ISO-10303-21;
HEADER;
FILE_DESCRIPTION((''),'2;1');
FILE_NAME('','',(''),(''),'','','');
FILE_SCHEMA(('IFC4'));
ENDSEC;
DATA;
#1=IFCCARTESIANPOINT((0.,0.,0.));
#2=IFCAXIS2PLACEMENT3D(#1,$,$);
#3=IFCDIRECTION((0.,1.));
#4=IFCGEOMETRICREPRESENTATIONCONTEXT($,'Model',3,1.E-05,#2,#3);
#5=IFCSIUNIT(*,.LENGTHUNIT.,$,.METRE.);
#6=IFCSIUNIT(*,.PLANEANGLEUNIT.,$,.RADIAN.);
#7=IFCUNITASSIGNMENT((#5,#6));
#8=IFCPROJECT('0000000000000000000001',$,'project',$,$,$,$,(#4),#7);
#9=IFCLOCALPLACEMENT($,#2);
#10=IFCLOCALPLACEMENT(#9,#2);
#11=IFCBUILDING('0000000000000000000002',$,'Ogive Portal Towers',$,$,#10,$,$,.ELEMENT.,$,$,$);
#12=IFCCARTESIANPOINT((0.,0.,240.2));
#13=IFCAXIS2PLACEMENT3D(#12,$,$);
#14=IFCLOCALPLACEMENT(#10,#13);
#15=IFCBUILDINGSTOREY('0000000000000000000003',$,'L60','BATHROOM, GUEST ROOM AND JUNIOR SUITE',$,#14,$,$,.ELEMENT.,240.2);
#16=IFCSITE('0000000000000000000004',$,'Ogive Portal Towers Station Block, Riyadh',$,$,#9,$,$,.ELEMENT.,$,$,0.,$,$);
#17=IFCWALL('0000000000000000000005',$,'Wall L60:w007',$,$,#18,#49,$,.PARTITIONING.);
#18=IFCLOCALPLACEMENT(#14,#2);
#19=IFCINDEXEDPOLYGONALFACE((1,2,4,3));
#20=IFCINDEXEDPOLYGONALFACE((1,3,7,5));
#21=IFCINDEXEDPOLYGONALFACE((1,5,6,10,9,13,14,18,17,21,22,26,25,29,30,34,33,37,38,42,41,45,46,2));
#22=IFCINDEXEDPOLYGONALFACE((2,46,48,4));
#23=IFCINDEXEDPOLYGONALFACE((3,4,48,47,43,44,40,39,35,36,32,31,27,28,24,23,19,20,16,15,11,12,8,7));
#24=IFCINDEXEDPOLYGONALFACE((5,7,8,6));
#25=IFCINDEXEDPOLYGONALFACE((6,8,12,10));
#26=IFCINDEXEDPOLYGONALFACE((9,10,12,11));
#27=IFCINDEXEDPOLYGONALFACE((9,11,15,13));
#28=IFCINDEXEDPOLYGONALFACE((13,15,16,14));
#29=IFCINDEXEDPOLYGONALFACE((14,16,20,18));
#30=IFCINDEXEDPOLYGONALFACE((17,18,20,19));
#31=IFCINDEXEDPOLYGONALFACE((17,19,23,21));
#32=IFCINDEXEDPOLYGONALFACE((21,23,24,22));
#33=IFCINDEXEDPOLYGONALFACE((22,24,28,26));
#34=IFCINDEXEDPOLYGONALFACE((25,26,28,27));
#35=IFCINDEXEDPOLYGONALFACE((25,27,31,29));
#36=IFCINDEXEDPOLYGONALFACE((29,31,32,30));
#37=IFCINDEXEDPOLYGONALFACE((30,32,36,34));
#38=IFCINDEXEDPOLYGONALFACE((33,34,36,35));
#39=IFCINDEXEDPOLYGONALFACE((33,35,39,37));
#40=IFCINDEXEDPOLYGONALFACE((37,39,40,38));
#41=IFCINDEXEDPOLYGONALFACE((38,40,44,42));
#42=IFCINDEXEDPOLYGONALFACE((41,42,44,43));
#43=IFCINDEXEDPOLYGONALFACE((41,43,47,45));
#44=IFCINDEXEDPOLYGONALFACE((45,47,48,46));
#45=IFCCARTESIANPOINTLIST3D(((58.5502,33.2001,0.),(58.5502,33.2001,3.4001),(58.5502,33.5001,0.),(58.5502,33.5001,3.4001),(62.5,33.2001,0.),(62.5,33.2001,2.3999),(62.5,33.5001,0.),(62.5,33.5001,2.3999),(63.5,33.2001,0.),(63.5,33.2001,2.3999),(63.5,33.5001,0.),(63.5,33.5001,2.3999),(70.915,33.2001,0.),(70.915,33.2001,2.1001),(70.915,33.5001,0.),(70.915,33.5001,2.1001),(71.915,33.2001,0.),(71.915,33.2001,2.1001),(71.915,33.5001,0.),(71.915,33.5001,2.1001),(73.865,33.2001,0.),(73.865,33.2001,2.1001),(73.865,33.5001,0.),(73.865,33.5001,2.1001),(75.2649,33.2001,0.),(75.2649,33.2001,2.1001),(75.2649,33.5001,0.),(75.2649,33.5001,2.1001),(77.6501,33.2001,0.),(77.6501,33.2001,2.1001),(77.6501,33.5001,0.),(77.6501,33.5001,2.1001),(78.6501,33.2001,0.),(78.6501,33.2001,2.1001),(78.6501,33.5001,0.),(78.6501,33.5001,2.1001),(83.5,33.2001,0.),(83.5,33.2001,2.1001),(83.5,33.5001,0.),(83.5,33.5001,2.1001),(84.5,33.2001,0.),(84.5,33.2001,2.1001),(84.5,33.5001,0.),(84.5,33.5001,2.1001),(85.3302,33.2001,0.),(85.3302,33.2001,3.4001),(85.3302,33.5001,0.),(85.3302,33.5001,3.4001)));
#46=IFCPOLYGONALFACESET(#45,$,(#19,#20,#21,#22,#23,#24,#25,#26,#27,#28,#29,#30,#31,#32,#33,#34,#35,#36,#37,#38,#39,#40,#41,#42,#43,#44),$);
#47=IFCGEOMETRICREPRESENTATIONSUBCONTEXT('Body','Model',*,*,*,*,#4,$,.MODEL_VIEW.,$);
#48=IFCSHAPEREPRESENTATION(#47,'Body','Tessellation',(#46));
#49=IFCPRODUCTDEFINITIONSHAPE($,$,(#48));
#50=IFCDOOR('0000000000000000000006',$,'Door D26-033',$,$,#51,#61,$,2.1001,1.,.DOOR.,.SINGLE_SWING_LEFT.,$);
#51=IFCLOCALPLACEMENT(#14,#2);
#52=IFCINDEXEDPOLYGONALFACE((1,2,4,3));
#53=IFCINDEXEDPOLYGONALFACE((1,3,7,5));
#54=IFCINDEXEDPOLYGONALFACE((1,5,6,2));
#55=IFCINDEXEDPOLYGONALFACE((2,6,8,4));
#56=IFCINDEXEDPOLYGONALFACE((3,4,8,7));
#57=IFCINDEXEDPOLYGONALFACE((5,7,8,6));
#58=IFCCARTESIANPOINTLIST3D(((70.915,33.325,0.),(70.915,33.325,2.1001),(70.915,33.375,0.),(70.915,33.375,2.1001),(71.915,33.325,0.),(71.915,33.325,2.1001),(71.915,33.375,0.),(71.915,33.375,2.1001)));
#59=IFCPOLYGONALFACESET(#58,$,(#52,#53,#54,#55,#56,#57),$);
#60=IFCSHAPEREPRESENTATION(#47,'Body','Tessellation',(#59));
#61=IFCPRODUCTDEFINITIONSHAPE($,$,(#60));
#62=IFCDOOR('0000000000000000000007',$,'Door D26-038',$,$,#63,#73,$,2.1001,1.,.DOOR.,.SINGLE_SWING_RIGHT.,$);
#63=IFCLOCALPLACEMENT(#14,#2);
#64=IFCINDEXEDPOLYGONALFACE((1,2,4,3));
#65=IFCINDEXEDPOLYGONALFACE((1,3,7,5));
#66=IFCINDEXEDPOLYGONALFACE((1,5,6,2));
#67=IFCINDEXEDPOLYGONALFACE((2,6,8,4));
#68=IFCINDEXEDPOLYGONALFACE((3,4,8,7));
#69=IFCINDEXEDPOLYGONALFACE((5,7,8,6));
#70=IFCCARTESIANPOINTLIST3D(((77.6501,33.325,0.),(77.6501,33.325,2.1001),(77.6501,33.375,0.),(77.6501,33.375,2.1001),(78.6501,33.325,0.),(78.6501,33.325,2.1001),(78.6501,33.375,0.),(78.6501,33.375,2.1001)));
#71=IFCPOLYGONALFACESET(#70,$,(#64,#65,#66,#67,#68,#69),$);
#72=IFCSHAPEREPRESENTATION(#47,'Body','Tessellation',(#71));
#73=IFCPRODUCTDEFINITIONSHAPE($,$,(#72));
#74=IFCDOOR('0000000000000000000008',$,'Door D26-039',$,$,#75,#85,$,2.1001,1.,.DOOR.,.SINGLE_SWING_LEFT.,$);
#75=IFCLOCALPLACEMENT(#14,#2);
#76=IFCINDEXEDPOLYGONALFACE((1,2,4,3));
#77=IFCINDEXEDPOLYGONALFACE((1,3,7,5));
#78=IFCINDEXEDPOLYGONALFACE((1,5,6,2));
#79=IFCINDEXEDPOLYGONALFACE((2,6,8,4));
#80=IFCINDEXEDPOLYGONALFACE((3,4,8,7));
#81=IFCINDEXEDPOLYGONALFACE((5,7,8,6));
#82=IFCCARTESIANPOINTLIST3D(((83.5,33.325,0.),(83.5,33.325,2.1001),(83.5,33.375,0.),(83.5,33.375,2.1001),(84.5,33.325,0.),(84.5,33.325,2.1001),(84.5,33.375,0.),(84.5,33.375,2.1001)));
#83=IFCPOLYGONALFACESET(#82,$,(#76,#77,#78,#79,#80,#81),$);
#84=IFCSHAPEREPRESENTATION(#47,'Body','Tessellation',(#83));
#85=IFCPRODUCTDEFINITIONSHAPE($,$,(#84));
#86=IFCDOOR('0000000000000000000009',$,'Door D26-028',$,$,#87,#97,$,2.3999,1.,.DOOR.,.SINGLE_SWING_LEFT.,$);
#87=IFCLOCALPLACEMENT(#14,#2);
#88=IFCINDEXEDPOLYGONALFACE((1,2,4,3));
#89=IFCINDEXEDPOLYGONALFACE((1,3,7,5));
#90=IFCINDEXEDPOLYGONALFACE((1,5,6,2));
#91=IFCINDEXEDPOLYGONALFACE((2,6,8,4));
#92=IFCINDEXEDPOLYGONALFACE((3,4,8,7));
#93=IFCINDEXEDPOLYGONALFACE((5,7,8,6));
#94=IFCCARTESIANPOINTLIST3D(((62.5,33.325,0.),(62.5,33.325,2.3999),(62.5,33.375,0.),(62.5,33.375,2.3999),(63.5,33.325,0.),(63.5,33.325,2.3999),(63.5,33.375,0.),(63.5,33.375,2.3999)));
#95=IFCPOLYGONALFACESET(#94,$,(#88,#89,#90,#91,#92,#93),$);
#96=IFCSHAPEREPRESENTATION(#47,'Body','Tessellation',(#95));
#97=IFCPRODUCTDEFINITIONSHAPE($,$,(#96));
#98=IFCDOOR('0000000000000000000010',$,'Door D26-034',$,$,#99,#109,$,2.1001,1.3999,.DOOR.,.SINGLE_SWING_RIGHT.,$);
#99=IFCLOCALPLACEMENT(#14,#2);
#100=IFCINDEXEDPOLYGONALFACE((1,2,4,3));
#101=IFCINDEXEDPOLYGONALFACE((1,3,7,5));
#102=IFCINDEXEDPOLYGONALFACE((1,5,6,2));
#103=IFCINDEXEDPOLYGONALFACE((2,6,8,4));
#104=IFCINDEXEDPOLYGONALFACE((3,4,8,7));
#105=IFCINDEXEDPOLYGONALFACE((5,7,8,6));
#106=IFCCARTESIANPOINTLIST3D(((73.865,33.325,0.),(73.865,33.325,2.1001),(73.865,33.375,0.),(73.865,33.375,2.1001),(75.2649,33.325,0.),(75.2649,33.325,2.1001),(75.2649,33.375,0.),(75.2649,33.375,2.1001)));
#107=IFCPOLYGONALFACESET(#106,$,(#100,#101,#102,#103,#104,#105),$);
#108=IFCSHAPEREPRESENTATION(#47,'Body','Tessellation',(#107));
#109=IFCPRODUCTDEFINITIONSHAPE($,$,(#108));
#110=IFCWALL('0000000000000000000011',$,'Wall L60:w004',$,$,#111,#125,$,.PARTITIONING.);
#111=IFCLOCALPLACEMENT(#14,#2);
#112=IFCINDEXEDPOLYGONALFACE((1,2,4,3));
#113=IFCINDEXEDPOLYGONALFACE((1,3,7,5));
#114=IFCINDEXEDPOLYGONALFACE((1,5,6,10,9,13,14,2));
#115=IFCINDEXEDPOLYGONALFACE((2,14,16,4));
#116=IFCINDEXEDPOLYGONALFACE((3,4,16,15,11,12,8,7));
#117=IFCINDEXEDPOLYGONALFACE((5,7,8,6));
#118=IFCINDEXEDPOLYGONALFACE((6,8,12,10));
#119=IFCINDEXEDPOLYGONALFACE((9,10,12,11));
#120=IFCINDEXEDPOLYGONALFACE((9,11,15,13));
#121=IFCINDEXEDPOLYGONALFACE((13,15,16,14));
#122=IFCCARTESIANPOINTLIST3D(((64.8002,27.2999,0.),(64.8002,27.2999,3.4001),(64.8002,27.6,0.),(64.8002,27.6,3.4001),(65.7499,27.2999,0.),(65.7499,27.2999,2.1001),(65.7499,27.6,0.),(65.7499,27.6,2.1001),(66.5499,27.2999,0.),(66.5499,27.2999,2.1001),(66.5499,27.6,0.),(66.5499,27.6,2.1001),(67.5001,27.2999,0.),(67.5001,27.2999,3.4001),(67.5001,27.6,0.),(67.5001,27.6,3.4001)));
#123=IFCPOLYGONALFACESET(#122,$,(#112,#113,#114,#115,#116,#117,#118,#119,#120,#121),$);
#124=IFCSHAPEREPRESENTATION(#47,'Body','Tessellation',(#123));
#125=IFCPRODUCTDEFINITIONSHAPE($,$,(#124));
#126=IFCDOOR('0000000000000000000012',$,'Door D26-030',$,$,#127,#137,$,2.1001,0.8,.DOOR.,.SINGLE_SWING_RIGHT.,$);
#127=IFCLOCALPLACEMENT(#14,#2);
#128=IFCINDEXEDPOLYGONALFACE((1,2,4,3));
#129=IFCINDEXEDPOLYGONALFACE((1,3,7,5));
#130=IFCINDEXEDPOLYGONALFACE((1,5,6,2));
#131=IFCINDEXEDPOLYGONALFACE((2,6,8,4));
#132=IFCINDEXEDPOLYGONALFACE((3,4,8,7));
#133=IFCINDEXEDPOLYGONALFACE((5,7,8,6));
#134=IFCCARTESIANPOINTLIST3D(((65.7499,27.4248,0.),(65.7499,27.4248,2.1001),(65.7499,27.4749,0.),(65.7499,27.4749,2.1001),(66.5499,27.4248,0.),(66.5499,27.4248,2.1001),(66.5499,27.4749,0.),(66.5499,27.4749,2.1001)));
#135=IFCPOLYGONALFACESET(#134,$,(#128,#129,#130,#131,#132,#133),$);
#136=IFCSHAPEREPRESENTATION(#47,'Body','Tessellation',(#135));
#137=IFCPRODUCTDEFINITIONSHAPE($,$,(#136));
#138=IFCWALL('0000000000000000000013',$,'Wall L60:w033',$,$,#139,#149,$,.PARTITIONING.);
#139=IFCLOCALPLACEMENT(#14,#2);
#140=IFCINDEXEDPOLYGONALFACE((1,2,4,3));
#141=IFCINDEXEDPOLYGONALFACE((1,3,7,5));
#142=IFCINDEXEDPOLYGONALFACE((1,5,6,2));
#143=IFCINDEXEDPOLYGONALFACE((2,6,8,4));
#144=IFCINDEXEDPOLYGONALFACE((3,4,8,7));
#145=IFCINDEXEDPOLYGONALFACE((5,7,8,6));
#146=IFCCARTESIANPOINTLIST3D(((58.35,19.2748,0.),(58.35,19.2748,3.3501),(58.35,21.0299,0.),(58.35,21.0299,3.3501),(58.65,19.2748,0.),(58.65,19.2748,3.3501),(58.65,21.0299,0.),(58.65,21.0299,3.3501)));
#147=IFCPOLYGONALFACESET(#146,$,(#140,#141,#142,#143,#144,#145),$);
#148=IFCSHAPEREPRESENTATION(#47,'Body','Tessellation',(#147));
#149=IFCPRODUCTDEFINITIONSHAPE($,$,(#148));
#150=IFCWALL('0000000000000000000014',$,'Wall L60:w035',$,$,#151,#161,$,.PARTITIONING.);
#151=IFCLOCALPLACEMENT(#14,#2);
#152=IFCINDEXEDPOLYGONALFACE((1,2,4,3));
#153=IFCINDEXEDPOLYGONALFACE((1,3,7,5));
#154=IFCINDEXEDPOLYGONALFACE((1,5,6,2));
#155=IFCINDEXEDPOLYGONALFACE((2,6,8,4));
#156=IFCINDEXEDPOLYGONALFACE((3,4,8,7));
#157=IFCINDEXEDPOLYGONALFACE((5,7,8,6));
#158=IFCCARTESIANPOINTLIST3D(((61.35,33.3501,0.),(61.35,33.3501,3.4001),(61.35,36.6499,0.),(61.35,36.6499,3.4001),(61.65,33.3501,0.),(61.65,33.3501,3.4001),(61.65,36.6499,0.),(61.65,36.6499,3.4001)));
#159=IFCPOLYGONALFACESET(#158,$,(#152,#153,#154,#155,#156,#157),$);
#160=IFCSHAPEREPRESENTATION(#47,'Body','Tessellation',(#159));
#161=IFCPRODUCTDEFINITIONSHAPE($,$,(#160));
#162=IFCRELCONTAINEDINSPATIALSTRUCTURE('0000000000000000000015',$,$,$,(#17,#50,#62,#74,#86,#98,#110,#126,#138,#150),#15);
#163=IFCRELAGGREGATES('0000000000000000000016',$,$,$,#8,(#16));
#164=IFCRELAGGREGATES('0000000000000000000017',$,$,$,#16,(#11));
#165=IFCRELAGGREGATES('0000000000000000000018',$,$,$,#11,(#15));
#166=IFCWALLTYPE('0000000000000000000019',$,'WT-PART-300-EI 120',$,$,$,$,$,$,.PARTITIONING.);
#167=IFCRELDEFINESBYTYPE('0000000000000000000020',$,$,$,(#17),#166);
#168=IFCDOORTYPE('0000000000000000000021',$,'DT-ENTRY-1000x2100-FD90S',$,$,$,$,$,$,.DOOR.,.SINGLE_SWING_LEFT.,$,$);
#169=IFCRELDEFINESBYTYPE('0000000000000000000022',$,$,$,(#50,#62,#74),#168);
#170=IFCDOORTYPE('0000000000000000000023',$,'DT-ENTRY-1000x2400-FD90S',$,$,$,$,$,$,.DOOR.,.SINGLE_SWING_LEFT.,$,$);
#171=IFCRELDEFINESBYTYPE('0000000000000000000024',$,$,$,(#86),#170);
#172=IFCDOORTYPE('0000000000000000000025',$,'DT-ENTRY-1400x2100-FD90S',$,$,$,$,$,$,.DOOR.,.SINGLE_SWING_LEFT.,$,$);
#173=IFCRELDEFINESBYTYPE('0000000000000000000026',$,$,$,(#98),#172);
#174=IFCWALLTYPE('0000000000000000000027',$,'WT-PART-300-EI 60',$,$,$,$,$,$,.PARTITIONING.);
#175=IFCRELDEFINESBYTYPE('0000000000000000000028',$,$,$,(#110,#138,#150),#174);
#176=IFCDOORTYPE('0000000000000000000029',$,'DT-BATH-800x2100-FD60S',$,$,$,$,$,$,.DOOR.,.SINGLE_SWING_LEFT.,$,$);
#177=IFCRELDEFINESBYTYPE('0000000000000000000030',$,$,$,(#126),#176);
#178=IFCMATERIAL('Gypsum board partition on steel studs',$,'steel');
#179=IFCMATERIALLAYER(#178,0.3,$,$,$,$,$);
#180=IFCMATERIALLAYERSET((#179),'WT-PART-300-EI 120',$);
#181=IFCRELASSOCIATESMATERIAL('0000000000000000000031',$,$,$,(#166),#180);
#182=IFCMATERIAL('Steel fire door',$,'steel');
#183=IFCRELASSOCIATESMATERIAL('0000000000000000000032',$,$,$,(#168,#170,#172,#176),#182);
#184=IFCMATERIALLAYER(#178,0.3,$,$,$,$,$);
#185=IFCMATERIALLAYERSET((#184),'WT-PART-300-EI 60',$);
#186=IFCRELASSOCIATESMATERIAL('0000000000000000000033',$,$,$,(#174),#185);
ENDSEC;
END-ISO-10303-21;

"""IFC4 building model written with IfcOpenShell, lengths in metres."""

from ifc_helpers import new_model, si_unit, direction, frame, frame_2d, origin, place, context, subcontext, project, spatial, rectangle, extrude, material, layer, layer_set, type_object, element, fill, save


model = new_model("IFC4")

# Units and contexts
model_context = context("Model", 3, precision=1e-05, world=origin(), true_north=direction((0.0, 1.0)))
body_context = subcontext(model_context, "Body", "Model", "MODEL_VIEW")
ifc_project = project(units=[si_unit("LENGTHUNIT", "METRE"), si_unit("PLANEANGLEUNIT", "RADIAN")], contexts=[model_context])

# Site, building, storey
site_placement = place(None, origin())
site = spatial("IfcSite", under=ifc_project, at=site_placement, Name="Ogive Portal Towers Station Block, Riyadh", CompositionType="ELEMENT", RefElevation=0.0)
building_placement = place(site_placement, origin())
building = spatial("IfcBuilding", under=site, at=building_placement, Name="Ogive Portal Towers", CompositionType="ELEMENT")
storey_placement = place(building_placement, frame((0.0, 0.0, 240.2)))
storey = spatial("IfcBuildingStorey", under=building, at=storey_placement, Name="L60", Description="BATHROOM, GUEST ROOM AND JUNIOR SUITE", CompositionType="ELEMENT", Elevation=240.2)

# Shared definitions
ifc_material_1 = material(Name="Steel fire door", Category="steel")
ifc_material_2 = material(Name="Gypsum board partition on steel studs", Category="steel")

# Wall, openings, doors
ifc_layer_1 = layer(ifc_material_2, 0.3)
ifc_layer_set_1 = layer_set([ifc_layer_1], Name="WT-PART-300-EI 120")
wall_type_1 = type_object("IfcWallType", Name="WT-PART-300-EI 120", PredefinedType="PARTITIONING", material=ifc_layer_set_1)
door_type_1 = type_object("IfcDoorType", Name="DT-ENTRY-1000x2100-FD90S", OperationType="SINGLE_SWING_LEFT", PredefinedType="DOOR", material=ifc_material_1)
door_type_2 = type_object("IfcDoorType", Name="DT-ENTRY-1000x2400-FD90S", OperationType="SINGLE_SWING_LEFT", PredefinedType="DOOR", material=ifc_material_1)
wall_1_placement = place(storey_placement, frame((58.55, 33.3501, 0.0), z_axis=(0.0, 0.0, 1.0), x_axis=(1.0, 0.0, 0.0)))
wall_1 = element("IfcWall", 1, at=wall_1_placement, inside=storey, type_object=wall_type_1, Name="Wall L60:w007", PredefinedType="PARTITIONING", context=body_context, shape_type="SweptSolid", body=[
    extrude(rectangle(XDim=26.78, YDim=0.3, at=frame_2d((13.3901, 0.0))), origin(), (0.0, 0.0, 1.0), 3.4001),
])
opening_1_placement = place(wall_1_placement, frame((3.95, 0.0, 0.0)))
opening_1 = element("IfcOpeningElement", 2, at=opening_1_placement, cuts=wall_1, PredefinedType="OPENING", context=body_context, shape_type="SweptSolid", body=[
    extrude(rectangle(XDim=1.0, YDim=2.3999, at=frame_2d((0.5, 1.2))), frame((0.0, 0.1602, 0.0), z_axis=(0.0, -1.0, 0.0), x_axis=(1.0, 0.0, 0.0)), (0.0, 0.0, 1.0), 0.3201),
])
opening_2_placement = place(wall_1_placement, frame((12.365, 0.0, 0.0)))
opening_2 = element("IfcOpeningElement", 3, at=opening_2_placement, cuts=wall_1, PredefinedType="OPENING", context=body_context, shape_type="SweptSolid", body=[
    extrude(rectangle(XDim=1.0, YDim=2.1001, at=frame_2d((0.5, 1.05))), frame((0.0, 0.1602, 0.0), z_axis=(0.0, -1.0, 0.0), x_axis=(1.0, 0.0, 0.0)), (0.0, 0.0, 1.0), 0.3201),
])
opening_3_placement = place(wall_1_placement, frame((15.3149, 0.0, 0.0)))
opening_3 = element("IfcOpeningElement", 4, at=opening_3_placement, cuts=wall_1, PredefinedType="OPENING", context=body_context, shape_type="SweptSolid", body=[
    extrude(rectangle(XDim=1.3999, YDim=2.1001, at=frame_2d((0.7, 1.05))), frame((0.0, 0.1602, 0.0), z_axis=(0.0, -1.0, 0.0), x_axis=(1.0, 0.0, 0.0)), (0.0, 0.0, 1.0), 0.3201),
])
opening_4_placement = place(wall_1_placement, frame((19.1001, 0.0, 0.0)))
opening_4 = element("IfcOpeningElement", 5, at=opening_4_placement, cuts=wall_1, PredefinedType="OPENING", context=body_context, shape_type="SweptSolid", body=[
    extrude(rectangle(XDim=1.0, YDim=2.1001, at=frame_2d((0.5, 1.05))), frame((0.0, 0.1602, 0.0), z_axis=(0.0, -1.0, 0.0), x_axis=(1.0, 0.0, 0.0)), (0.0, 0.0, 1.0), 0.3201),
])
opening_5_placement = place(wall_1_placement, frame((24.95, 0.0, 0.0)))
opening_5 = element("IfcOpeningElement", 6, at=opening_5_placement, cuts=wall_1, PredefinedType="OPENING", context=body_context, shape_type="SweptSolid", body=[
    extrude(rectangle(XDim=1.0, YDim=2.1001, at=frame_2d((0.5, 1.05))), frame((0.0, 0.1602, 0.0), z_axis=(0.0, -1.0, 0.0), x_axis=(1.0, 0.0, 0.0)), (0.0, 0.0, 1.0), 0.3201),
])
door_1_placement = place(opening_2_placement, origin())
door_1 = element("IfcDoor", 7, at=door_1_placement, inside=storey, type_object=door_type_1, Name="Door D26-033", OperationType="SINGLE_SWING_LEFT", OverallHeight=2.1001, OverallWidth=1.0, PredefinedType="DOOR", context=body_context, shape_type="SweptSolid", body=[
    extrude(rectangle(XDim=1.0, YDim=2.1001, at=frame_2d((0.5, 1.05))), frame((0.0, 0.0249, 0.0), z_axis=(0.0, -1.0, 0.0), x_axis=(1.0, 0.0, 0.0)), (0.0, 0.0, 1.0), 0.05),
])
fill(opening_2, door_1)
door_2_placement = place(opening_4_placement, origin())
door_2 = element("IfcDoor", 8, at=door_2_placement, inside=storey, type_object=door_type_1, Name="Door D26-038", OperationType="SINGLE_SWING_RIGHT", OverallHeight=2.1001, OverallWidth=1.0, PredefinedType="DOOR", context=body_context, shape_type="SweptSolid", body=[
    extrude(rectangle(XDim=1.0, YDim=2.1001, at=frame_2d((0.5, 1.05))), frame((0.0, 0.0249, 0.0), z_axis=(0.0, -1.0, 0.0), x_axis=(1.0, 0.0, 0.0)), (0.0, 0.0, 1.0), 0.05),
])
fill(opening_4, door_2)
door_3_placement = place(opening_5_placement, origin())
door_3 = element("IfcDoor", 9, at=door_3_placement, inside=storey, type_object=door_type_1, Name="Door D26-039", OperationType="SINGLE_SWING_LEFT", OverallHeight=2.1001, OverallWidth=1.0, PredefinedType="DOOR", context=body_context, shape_type="SweptSolid", body=[
    extrude(rectangle(XDim=1.0, YDim=2.1001, at=frame_2d((0.5, 1.05))), frame((0.0, 0.0249, 0.0), z_axis=(0.0, -1.0, 0.0), x_axis=(1.0, 0.0, 0.0)), (0.0, 0.0, 1.0), 0.05),
])
fill(opening_5, door_3)
door_4_placement = place(opening_1_placement, origin())
door_4 = element("IfcDoor", 10, at=door_4_placement, inside=storey, type_object=door_type_2, Name="Door D26-028", OperationType="SINGLE_SWING_LEFT", OverallHeight=2.3999, OverallWidth=1.0, PredefinedType="DOOR", context=body_context, shape_type="SweptSolid", body=[
    extrude(rectangle(XDim=1.0, YDim=2.3999, at=frame_2d((0.5, 1.2))), frame((0.0, 0.0249, 0.0), z_axis=(0.0, -1.0, 0.0), x_axis=(1.0, 0.0, 0.0)), (0.0, 0.0, 1.0), 0.05),
])
fill(opening_1, door_4)
door_type_3 = type_object("IfcDoorType", Name="DT-ENTRY-1400x2100-FD90S", OperationType="SINGLE_SWING_LEFT", PredefinedType="DOOR", material=ifc_material_1)
door_5_placement = place(opening_3_placement, origin())
door_5 = element("IfcDoor", 11, at=door_5_placement, inside=storey, type_object=door_type_3, Name="Door D26-034", OperationType="SINGLE_SWING_RIGHT", OverallHeight=2.1001, OverallWidth=1.3999, PredefinedType="DOOR", context=body_context, shape_type="SweptSolid", body=[
    extrude(rectangle(XDim=1.3999, YDim=2.1001, at=frame_2d((0.7, 1.05))), frame((0.0, 0.0249, 0.0), z_axis=(0.0, -1.0, 0.0), x_axis=(1.0, 0.0, 0.0)), (0.0, 0.0, 1.0), 0.05),
])
fill(opening_3, door_5)

# Wall, opening, door
ifc_layer_2 = layer(ifc_material_2, 0.3)
ifc_layer_set_2 = layer_set([ifc_layer_2], Name="WT-PART-300-EI 60")
wall_type_2 = type_object("IfcWallType", Name="WT-PART-300-EI 60", PredefinedType="PARTITIONING", material=ifc_layer_set_2)
wall_2_placement = place(storey_placement, frame((64.8, 27.45, 0.0), z_axis=(0.0, 0.0, 1.0), x_axis=(1.0, 0.0, 0.0)))
wall_2 = element("IfcWall", 12, at=wall_2_placement, inside=storey, type_object=wall_type_2, Name="Wall L60:w004", PredefinedType="PARTITIONING", context=body_context, shape_type="SweptSolid", body=[
    extrude(rectangle(XDim=2.7, YDim=0.3, at=frame_2d((1.3501, 0.0))), origin(), (0.0, 0.0, 1.0), 3.4001),
])
opening_6_placement = place(wall_2_placement, frame((0.95, 0.0, 0.0)))
opening_6 = element("IfcOpeningElement", 13, at=opening_6_placement, cuts=wall_2, PredefinedType="OPENING", context=body_context, shape_type="SweptSolid", body=[
    extrude(rectangle(XDim=0.8, YDim=2.1001, at=frame_2d((0.3999, 1.05))), frame((0.0, 0.1602, 0.0), z_axis=(0.0, -1.0, 0.0), x_axis=(1.0, 0.0, 0.0)), (0.0, 0.0, 1.0), 0.3201),
])
door_type_4 = type_object("IfcDoorType", Name="DT-BATH-800x2100-FD60S", OperationType="SINGLE_SWING_LEFT", PredefinedType="DOOR", material=ifc_material_1)
door_6_placement = place(opening_6_placement, origin())
door_6 = element("IfcDoor", 14, at=door_6_placement, inside=storey, type_object=door_type_4, Name="Door D26-030", OperationType="SINGLE_SWING_RIGHT", OverallHeight=2.1001, OverallWidth=0.8, PredefinedType="DOOR", context=body_context, shape_type="SweptSolid", body=[
    extrude(rectangle(XDim=0.8, YDim=2.1001, at=frame_2d((0.3999, 1.05))), frame((0.0, 0.0249, 0.0), z_axis=(0.0, -1.0, 0.0), x_axis=(1.0, 0.0, 0.0)), (0.0, 0.0, 1.0), 0.05),
])
fill(opening_6, door_6)

# Walls
wall_3_placement = place(storey_placement, frame((58.5, 19.2749, 0.0), z_axis=(0.0, 0.0, 1.0), x_axis=(0.0, 1.0, 0.0)))
element("IfcWall", 15, at=wall_3_placement, inside=storey, type_object=wall_type_2, Name="Wall L60:w033", PredefinedType="PARTITIONING", context=body_context, shape_type="SweptSolid", body=[
    extrude(rectangle(XDim=1.7551, YDim=0.3, at=frame_2d((0.8774, 0.0))), origin(), (0.0, 0.0, 1.0), 3.3501),
])
wall_4_placement = place(storey_placement, frame((61.5, 33.3501, 0.0), z_axis=(0.0, 0.0, 1.0), x_axis=(0.0, 1.0, 0.0)))
element("IfcWall", 16, at=wall_4_placement, inside=storey, type_object=wall_type_2, Name="Wall L60:w035", PredefinedType="PARTITIONING", context=body_context, shape_type="SweptSolid", body=[
    extrude(rectangle(XDim=3.2998, YDim=0.3, at=frame_2d((1.6499, 0.0))), origin(), (0.0, 0.0, 1.0), 3.4001),
])

save(model, "model.ifc")
